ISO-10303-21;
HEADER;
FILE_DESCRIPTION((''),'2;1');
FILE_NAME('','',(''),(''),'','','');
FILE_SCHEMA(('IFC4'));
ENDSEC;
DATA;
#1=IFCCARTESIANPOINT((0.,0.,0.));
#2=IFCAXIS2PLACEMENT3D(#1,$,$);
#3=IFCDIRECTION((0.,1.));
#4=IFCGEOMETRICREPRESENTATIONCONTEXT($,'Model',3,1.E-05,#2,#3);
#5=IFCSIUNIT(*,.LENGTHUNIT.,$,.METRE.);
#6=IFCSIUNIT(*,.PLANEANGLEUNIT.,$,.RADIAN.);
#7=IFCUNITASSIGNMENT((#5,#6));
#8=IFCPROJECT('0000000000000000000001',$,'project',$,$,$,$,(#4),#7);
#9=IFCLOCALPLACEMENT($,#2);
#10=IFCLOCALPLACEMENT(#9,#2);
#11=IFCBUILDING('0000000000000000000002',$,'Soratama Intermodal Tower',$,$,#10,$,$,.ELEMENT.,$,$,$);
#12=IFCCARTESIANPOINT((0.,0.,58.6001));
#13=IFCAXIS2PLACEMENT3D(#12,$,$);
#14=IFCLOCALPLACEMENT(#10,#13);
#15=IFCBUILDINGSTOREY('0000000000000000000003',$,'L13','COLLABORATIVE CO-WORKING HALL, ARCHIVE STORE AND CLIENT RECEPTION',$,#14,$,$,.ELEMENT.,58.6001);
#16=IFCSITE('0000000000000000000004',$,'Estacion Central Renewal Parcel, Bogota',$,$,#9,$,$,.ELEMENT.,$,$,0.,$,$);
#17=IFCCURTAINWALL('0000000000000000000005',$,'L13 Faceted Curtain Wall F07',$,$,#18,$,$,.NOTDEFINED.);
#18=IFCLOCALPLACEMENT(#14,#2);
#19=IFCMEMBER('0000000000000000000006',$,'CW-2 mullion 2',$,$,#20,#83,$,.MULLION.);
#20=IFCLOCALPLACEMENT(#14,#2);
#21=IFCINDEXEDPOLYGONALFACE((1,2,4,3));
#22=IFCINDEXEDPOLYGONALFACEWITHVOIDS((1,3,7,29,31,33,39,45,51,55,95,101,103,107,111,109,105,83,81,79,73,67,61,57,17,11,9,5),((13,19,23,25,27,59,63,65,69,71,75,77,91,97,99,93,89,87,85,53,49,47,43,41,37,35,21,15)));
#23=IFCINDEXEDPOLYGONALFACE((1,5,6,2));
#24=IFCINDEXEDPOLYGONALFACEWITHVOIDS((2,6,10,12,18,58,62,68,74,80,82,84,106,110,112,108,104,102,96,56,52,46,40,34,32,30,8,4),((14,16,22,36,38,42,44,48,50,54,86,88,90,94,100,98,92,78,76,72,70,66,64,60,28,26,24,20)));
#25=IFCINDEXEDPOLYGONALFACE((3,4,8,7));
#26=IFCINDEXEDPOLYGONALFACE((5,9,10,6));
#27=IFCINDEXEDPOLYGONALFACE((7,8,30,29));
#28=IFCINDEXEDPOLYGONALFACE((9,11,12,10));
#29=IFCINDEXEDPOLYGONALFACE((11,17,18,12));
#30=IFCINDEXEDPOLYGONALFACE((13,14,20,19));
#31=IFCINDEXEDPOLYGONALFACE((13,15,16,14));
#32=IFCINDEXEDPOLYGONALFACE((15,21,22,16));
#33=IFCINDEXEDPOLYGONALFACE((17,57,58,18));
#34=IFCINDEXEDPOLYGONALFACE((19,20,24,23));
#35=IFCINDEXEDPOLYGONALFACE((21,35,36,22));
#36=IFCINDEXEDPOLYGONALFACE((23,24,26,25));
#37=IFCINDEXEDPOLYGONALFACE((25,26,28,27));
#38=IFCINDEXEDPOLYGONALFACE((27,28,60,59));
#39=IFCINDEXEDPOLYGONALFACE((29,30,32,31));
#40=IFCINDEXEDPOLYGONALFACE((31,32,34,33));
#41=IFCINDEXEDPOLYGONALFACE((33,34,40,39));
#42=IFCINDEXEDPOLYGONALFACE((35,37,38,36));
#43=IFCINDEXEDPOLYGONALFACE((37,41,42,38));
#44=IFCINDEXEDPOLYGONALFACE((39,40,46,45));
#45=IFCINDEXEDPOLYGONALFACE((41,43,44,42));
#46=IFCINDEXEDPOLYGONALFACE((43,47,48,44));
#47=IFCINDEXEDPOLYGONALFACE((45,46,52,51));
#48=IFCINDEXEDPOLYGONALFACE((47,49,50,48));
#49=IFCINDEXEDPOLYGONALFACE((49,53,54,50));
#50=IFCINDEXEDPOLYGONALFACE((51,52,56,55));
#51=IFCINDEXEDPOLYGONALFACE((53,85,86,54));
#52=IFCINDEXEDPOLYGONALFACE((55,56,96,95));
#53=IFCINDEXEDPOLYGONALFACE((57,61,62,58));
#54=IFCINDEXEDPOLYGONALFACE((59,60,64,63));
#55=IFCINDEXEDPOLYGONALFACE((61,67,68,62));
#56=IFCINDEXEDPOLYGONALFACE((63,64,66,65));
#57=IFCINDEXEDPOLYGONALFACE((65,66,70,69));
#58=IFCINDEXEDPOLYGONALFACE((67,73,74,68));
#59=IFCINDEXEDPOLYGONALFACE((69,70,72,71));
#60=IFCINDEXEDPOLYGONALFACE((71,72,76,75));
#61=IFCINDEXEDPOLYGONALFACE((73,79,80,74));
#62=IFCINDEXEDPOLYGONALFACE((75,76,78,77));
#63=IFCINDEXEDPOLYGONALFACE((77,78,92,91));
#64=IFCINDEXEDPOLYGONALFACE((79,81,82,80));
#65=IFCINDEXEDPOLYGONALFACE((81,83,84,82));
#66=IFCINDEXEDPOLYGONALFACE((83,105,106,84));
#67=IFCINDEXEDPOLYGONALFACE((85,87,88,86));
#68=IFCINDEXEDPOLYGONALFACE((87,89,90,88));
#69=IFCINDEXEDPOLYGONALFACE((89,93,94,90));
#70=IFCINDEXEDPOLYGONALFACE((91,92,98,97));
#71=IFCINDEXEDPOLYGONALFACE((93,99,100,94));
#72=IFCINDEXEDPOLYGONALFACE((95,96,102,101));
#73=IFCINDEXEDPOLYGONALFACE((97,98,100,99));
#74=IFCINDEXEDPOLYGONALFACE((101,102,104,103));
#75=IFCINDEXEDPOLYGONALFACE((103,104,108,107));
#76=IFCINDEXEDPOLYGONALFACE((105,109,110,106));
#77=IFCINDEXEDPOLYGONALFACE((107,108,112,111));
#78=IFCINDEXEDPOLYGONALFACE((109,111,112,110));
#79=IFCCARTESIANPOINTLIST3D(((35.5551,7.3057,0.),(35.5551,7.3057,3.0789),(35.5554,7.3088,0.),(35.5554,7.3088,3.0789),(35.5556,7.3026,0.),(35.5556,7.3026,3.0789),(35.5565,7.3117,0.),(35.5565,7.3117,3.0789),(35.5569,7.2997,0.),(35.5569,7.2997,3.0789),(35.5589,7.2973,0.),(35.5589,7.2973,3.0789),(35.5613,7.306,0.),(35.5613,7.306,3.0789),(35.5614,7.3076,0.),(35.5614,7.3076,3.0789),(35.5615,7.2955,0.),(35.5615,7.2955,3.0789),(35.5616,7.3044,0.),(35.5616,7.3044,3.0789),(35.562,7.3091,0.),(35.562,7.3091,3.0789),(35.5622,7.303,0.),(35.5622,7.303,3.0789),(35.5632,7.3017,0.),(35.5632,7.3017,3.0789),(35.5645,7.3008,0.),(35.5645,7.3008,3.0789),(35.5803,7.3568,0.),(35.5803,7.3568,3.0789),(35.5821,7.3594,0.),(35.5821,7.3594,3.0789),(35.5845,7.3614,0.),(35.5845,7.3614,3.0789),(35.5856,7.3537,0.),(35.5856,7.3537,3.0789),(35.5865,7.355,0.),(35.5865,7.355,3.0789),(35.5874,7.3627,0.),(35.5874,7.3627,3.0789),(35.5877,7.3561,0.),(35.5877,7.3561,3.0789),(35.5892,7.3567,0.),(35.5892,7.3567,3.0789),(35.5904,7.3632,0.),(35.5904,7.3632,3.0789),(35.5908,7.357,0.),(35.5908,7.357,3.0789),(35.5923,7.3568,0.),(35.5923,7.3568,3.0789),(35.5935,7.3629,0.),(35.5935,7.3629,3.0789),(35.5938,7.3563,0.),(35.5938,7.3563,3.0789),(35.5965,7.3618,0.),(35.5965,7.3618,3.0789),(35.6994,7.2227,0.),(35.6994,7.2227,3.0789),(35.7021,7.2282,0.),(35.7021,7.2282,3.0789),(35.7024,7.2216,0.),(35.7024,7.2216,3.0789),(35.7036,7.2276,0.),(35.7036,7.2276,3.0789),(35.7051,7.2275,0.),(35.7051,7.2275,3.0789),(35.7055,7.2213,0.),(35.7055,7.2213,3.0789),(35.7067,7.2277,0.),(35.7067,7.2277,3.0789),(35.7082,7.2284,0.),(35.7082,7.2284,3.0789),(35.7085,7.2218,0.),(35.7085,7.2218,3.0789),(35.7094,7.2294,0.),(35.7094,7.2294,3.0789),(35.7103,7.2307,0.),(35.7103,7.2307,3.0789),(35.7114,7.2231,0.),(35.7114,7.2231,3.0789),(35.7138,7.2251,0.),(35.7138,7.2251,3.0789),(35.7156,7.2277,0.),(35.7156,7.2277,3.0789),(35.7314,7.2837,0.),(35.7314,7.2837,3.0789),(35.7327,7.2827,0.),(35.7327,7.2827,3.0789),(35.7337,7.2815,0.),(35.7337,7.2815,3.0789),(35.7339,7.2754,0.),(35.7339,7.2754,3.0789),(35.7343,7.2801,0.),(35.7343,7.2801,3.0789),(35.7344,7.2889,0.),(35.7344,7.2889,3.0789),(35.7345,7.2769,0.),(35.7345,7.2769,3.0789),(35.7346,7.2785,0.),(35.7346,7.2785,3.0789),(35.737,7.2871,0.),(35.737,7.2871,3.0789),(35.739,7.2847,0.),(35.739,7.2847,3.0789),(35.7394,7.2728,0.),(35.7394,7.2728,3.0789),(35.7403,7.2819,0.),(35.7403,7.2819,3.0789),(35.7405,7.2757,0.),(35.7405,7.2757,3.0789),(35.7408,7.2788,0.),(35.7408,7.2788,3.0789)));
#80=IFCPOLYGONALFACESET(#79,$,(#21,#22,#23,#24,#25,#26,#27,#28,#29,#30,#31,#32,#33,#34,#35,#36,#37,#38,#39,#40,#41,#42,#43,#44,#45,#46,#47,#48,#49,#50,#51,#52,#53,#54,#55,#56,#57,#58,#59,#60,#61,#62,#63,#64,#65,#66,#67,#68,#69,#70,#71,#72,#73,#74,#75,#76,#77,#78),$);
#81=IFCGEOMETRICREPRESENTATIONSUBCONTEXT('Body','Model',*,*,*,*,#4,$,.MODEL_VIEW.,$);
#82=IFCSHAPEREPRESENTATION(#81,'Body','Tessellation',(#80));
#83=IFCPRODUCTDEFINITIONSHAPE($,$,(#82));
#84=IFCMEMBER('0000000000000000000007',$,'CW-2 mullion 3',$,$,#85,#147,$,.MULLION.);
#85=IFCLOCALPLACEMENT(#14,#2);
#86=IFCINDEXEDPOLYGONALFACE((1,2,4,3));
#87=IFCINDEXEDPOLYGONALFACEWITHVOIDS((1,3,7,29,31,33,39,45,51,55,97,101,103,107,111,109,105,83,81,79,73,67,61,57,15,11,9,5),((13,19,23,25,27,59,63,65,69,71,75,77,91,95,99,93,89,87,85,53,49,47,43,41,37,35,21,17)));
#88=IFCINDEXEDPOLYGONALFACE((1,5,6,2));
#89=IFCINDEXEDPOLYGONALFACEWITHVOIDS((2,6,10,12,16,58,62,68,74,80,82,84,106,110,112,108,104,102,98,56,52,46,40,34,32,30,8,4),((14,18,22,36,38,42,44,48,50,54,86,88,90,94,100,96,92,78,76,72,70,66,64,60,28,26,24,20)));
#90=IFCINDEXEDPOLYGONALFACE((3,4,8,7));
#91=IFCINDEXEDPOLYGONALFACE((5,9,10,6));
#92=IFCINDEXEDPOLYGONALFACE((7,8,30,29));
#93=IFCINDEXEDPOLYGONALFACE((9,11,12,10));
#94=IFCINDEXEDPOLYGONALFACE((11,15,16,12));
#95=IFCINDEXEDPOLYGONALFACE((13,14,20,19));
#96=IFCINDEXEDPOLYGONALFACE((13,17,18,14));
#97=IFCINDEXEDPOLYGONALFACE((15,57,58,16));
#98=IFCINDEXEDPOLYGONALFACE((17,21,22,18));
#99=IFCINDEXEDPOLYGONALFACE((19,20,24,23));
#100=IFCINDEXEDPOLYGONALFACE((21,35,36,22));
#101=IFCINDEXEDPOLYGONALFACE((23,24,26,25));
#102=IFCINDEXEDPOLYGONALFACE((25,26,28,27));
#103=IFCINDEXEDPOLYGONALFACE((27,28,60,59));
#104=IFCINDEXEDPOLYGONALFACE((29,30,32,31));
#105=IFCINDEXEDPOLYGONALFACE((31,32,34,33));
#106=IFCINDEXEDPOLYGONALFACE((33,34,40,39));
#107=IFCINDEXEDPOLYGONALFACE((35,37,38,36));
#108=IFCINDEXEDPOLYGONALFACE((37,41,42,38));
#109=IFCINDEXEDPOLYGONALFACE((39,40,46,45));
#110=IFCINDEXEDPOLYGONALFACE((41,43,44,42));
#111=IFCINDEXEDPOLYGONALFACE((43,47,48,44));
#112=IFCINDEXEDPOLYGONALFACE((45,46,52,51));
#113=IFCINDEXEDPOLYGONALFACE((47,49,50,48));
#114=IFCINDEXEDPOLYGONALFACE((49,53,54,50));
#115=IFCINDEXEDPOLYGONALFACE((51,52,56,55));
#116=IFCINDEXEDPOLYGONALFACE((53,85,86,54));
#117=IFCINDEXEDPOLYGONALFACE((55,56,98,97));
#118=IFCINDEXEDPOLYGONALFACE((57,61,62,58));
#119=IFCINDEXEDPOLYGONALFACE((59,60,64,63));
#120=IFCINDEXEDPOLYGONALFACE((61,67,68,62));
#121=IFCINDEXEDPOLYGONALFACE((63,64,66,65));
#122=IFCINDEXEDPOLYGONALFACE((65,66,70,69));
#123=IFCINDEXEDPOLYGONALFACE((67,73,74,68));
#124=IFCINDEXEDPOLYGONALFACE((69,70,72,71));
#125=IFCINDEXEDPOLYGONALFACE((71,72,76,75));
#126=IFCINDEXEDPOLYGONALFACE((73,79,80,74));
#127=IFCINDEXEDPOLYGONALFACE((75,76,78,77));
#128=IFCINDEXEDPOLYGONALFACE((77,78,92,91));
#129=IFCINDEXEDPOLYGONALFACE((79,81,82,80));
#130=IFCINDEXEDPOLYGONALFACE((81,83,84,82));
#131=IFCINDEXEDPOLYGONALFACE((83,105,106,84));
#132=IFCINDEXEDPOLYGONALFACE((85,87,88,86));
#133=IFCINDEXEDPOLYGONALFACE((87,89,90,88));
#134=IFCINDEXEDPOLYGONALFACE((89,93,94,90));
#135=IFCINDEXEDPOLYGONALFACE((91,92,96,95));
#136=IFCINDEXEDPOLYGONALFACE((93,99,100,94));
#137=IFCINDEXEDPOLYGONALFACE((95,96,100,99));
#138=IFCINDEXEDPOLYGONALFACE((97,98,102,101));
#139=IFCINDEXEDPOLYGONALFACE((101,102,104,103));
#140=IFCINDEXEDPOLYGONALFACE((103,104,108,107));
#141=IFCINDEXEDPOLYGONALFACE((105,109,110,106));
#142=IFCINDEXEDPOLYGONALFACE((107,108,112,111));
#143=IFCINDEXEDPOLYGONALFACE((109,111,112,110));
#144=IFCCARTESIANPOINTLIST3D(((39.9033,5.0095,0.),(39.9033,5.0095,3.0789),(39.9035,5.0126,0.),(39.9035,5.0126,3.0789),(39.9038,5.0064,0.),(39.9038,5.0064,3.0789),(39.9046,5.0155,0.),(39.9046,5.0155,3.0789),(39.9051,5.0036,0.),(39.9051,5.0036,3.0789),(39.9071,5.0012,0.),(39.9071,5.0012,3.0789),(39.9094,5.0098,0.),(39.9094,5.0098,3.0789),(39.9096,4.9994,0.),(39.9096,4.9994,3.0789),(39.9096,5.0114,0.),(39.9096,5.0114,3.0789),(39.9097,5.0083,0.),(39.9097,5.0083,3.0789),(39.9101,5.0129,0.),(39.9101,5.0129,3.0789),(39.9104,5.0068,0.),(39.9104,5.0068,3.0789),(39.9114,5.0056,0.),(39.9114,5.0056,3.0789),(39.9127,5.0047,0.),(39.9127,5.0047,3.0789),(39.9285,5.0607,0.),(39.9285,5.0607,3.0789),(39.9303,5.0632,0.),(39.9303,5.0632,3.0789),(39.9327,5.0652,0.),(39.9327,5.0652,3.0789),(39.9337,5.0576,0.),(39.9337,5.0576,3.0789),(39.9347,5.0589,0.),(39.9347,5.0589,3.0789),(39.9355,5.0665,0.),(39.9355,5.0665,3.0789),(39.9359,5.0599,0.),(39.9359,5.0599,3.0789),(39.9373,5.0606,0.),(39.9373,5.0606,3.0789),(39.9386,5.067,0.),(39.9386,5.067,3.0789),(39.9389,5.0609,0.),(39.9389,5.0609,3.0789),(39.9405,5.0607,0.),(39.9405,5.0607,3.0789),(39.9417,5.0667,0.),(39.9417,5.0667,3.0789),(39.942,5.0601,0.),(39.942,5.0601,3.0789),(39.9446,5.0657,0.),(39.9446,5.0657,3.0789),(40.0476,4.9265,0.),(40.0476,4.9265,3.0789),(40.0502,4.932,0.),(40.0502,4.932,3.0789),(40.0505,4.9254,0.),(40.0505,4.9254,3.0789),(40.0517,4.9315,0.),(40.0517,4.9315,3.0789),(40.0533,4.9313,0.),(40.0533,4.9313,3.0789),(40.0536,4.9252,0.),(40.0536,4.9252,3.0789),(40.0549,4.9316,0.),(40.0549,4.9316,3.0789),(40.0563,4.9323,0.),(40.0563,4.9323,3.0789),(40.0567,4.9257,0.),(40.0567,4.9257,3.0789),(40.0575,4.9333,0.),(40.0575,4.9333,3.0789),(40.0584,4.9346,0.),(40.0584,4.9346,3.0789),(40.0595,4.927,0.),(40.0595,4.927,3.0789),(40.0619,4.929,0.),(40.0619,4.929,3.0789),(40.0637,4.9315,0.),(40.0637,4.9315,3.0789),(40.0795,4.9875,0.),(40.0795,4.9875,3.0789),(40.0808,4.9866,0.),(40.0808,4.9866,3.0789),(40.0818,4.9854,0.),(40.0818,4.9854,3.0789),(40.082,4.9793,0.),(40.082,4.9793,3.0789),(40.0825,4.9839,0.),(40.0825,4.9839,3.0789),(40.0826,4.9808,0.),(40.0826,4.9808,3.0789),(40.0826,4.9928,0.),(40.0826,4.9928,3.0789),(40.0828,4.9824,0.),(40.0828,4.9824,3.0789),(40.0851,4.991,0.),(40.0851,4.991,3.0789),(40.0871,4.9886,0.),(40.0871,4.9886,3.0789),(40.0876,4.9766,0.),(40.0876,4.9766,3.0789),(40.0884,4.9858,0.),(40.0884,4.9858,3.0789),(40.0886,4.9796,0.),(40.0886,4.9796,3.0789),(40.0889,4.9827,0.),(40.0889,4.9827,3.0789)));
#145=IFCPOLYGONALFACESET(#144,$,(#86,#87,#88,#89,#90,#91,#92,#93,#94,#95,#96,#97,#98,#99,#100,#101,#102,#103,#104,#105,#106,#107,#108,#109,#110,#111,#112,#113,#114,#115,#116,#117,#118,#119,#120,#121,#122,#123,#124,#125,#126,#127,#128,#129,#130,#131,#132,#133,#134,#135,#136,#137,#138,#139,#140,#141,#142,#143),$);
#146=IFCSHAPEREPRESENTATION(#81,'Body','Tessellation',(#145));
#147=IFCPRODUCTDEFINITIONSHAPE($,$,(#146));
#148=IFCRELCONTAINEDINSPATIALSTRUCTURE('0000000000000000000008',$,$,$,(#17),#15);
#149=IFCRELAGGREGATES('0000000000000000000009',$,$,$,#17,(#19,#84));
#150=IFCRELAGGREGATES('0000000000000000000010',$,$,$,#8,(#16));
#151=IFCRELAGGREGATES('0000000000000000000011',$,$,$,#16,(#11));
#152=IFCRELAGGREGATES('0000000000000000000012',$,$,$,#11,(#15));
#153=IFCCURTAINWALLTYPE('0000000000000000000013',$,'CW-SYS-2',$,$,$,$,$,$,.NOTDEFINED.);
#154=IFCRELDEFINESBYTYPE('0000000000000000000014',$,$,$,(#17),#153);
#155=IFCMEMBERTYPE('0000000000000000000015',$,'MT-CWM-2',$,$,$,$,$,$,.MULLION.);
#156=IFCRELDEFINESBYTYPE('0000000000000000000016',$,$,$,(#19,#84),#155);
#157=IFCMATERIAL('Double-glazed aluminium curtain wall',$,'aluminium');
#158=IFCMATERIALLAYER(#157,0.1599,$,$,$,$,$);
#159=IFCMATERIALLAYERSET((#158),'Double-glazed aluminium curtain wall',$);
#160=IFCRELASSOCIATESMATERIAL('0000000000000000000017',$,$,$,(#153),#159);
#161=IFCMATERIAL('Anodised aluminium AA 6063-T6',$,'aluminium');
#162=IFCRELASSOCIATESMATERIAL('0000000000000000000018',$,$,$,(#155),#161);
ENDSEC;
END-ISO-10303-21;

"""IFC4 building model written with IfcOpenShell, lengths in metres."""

from ifc_helpers import new_model, si_unit, direction, frame, origin, origin_2d, place, context, subcontext, project, spatial, hollow_rectangle, extrude, material, layer, layer_set, material_profile, profile_set, type_object, element, aggregate, save


model = new_model("IFC4")

# Units and contexts
model_context = context("Model", 3, precision=1e-05, world=origin(), true_north=direction((0.0, 1.0)))
body_context = subcontext(model_context, "Body", "Model", "MODEL_VIEW")
ifc_project = project(units=[si_unit("LENGTHUNIT", "METRE"), si_unit("PLANEANGLEUNIT", "RADIAN")], contexts=[model_context])

# Site, building, storey
site_placement = place(None, origin())
site = spatial("IfcSite", under=ifc_project, at=site_placement, Name="Estacion Central Renewal Parcel, Bogota", CompositionType="ELEMENT", RefElevation=0.0)
building_placement = place(site_placement, origin())
building = spatial("IfcBuilding", under=site, at=building_placement, Name="Soratama Intermodal Tower", CompositionType="ELEMENT")
storey_placement = place(building_placement, frame((0.0, 0.0, 58.6001)))
storey = spatial("IfcBuildingStorey", under=building, at=storey_placement, Name="L13", Description="COLLABORATIVE CO-WORKING HALL, ARCHIVE STORE AND CLIENT RECEPTION", CompositionType="ELEMENT", Elevation=58.6001)

# Curtain wall, members
ifc_material_1 = material(Name="Double-glazed aluminium curtain wall", Category="aluminium")
ifc_layer_1 = layer(ifc_material_1, 0.1599)
ifc_layer_set_1 = layer_set([ifc_layer_1], Name="Double-glazed aluminium curtain wall")
curtain_wall_type = type_object("IfcCurtainWallType", Name="CW-SYS-2", PredefinedType="NOTDEFINED", material=ifc_layer_set_1)
curtain_wall_placement = place(storey_placement, origin())
curtain_wall = element("IfcCurtainWall", 1, at=curtain_wall_placement, inside=storey, type_object=curtain_wall_type, Name="L13 Faceted Curtain Wall F07", PredefinedType="NOTDEFINED")
ifc_material_2 = material(Name="Anodised aluminium AA 6063-T6", Category="aluminium")
ifc_material_profile_1 = material_profile(ifc_material_2, hollow_rectangle(XDim=0.075, YDim=0.1799, WallThickness=0.0061, InnerFilletRadius=0.0061, OuterFilletRadius=0.012, at=origin_2d()), Name="CWM180X75X6")
ifc_profile_set_1 = profile_set([ifc_material_profile_1], Name="Anodised aluminium AA 6063-T6")
member_type_1 = type_object("IfcMemberType", Name="MT-CWM-2", PredefinedType="MULLION", material=ifc_profile_set_1)
member_1_placement = place(storey_placement, frame((35.6479, 7.2922, 0.0), z_axis=(0.0, 0.0, 1.0), x_axis=(0.467001, 0.884257, 0.0)))
member_1 = element("IfcMember", 2, at=member_1_placement, type_object=member_type_1, Name="CW-2 mullion 2", PredefinedType="MULLION", context=body_context, shape_type="SweptSolid", body=[
    extrude(hollow_rectangle(XDim=0.075, YDim=0.1799, WallThickness=0.0061, InnerFilletRadius=0.0061, OuterFilletRadius=0.012, at=origin_2d()), origin(), (0.0, 0.0, 1.0), 3.0789),
])
member_2_placement = place(storey_placement, frame((39.9961, 4.9961, 0.0), z_axis=(0.0, 0.0, 1.0), x_axis=(0.467001, 0.884257, 0.0)))
member_2 = element("IfcMember", 3, at=member_2_placement, type_object=member_type_1, Name="CW-2 mullion 3", PredefinedType="MULLION", context=body_context, shape_type="SweptSolid", body=[
    extrude(hollow_rectangle(XDim=0.075, YDim=0.1799, WallThickness=0.0061, InnerFilletRadius=0.0061, OuterFilletRadius=0.012, at=origin_2d()), origin(), (0.0, 0.0, 1.0), 3.0789),
])
aggregate(curtain_wall, [member_1, member_2])

save(model, "model.ifc")
